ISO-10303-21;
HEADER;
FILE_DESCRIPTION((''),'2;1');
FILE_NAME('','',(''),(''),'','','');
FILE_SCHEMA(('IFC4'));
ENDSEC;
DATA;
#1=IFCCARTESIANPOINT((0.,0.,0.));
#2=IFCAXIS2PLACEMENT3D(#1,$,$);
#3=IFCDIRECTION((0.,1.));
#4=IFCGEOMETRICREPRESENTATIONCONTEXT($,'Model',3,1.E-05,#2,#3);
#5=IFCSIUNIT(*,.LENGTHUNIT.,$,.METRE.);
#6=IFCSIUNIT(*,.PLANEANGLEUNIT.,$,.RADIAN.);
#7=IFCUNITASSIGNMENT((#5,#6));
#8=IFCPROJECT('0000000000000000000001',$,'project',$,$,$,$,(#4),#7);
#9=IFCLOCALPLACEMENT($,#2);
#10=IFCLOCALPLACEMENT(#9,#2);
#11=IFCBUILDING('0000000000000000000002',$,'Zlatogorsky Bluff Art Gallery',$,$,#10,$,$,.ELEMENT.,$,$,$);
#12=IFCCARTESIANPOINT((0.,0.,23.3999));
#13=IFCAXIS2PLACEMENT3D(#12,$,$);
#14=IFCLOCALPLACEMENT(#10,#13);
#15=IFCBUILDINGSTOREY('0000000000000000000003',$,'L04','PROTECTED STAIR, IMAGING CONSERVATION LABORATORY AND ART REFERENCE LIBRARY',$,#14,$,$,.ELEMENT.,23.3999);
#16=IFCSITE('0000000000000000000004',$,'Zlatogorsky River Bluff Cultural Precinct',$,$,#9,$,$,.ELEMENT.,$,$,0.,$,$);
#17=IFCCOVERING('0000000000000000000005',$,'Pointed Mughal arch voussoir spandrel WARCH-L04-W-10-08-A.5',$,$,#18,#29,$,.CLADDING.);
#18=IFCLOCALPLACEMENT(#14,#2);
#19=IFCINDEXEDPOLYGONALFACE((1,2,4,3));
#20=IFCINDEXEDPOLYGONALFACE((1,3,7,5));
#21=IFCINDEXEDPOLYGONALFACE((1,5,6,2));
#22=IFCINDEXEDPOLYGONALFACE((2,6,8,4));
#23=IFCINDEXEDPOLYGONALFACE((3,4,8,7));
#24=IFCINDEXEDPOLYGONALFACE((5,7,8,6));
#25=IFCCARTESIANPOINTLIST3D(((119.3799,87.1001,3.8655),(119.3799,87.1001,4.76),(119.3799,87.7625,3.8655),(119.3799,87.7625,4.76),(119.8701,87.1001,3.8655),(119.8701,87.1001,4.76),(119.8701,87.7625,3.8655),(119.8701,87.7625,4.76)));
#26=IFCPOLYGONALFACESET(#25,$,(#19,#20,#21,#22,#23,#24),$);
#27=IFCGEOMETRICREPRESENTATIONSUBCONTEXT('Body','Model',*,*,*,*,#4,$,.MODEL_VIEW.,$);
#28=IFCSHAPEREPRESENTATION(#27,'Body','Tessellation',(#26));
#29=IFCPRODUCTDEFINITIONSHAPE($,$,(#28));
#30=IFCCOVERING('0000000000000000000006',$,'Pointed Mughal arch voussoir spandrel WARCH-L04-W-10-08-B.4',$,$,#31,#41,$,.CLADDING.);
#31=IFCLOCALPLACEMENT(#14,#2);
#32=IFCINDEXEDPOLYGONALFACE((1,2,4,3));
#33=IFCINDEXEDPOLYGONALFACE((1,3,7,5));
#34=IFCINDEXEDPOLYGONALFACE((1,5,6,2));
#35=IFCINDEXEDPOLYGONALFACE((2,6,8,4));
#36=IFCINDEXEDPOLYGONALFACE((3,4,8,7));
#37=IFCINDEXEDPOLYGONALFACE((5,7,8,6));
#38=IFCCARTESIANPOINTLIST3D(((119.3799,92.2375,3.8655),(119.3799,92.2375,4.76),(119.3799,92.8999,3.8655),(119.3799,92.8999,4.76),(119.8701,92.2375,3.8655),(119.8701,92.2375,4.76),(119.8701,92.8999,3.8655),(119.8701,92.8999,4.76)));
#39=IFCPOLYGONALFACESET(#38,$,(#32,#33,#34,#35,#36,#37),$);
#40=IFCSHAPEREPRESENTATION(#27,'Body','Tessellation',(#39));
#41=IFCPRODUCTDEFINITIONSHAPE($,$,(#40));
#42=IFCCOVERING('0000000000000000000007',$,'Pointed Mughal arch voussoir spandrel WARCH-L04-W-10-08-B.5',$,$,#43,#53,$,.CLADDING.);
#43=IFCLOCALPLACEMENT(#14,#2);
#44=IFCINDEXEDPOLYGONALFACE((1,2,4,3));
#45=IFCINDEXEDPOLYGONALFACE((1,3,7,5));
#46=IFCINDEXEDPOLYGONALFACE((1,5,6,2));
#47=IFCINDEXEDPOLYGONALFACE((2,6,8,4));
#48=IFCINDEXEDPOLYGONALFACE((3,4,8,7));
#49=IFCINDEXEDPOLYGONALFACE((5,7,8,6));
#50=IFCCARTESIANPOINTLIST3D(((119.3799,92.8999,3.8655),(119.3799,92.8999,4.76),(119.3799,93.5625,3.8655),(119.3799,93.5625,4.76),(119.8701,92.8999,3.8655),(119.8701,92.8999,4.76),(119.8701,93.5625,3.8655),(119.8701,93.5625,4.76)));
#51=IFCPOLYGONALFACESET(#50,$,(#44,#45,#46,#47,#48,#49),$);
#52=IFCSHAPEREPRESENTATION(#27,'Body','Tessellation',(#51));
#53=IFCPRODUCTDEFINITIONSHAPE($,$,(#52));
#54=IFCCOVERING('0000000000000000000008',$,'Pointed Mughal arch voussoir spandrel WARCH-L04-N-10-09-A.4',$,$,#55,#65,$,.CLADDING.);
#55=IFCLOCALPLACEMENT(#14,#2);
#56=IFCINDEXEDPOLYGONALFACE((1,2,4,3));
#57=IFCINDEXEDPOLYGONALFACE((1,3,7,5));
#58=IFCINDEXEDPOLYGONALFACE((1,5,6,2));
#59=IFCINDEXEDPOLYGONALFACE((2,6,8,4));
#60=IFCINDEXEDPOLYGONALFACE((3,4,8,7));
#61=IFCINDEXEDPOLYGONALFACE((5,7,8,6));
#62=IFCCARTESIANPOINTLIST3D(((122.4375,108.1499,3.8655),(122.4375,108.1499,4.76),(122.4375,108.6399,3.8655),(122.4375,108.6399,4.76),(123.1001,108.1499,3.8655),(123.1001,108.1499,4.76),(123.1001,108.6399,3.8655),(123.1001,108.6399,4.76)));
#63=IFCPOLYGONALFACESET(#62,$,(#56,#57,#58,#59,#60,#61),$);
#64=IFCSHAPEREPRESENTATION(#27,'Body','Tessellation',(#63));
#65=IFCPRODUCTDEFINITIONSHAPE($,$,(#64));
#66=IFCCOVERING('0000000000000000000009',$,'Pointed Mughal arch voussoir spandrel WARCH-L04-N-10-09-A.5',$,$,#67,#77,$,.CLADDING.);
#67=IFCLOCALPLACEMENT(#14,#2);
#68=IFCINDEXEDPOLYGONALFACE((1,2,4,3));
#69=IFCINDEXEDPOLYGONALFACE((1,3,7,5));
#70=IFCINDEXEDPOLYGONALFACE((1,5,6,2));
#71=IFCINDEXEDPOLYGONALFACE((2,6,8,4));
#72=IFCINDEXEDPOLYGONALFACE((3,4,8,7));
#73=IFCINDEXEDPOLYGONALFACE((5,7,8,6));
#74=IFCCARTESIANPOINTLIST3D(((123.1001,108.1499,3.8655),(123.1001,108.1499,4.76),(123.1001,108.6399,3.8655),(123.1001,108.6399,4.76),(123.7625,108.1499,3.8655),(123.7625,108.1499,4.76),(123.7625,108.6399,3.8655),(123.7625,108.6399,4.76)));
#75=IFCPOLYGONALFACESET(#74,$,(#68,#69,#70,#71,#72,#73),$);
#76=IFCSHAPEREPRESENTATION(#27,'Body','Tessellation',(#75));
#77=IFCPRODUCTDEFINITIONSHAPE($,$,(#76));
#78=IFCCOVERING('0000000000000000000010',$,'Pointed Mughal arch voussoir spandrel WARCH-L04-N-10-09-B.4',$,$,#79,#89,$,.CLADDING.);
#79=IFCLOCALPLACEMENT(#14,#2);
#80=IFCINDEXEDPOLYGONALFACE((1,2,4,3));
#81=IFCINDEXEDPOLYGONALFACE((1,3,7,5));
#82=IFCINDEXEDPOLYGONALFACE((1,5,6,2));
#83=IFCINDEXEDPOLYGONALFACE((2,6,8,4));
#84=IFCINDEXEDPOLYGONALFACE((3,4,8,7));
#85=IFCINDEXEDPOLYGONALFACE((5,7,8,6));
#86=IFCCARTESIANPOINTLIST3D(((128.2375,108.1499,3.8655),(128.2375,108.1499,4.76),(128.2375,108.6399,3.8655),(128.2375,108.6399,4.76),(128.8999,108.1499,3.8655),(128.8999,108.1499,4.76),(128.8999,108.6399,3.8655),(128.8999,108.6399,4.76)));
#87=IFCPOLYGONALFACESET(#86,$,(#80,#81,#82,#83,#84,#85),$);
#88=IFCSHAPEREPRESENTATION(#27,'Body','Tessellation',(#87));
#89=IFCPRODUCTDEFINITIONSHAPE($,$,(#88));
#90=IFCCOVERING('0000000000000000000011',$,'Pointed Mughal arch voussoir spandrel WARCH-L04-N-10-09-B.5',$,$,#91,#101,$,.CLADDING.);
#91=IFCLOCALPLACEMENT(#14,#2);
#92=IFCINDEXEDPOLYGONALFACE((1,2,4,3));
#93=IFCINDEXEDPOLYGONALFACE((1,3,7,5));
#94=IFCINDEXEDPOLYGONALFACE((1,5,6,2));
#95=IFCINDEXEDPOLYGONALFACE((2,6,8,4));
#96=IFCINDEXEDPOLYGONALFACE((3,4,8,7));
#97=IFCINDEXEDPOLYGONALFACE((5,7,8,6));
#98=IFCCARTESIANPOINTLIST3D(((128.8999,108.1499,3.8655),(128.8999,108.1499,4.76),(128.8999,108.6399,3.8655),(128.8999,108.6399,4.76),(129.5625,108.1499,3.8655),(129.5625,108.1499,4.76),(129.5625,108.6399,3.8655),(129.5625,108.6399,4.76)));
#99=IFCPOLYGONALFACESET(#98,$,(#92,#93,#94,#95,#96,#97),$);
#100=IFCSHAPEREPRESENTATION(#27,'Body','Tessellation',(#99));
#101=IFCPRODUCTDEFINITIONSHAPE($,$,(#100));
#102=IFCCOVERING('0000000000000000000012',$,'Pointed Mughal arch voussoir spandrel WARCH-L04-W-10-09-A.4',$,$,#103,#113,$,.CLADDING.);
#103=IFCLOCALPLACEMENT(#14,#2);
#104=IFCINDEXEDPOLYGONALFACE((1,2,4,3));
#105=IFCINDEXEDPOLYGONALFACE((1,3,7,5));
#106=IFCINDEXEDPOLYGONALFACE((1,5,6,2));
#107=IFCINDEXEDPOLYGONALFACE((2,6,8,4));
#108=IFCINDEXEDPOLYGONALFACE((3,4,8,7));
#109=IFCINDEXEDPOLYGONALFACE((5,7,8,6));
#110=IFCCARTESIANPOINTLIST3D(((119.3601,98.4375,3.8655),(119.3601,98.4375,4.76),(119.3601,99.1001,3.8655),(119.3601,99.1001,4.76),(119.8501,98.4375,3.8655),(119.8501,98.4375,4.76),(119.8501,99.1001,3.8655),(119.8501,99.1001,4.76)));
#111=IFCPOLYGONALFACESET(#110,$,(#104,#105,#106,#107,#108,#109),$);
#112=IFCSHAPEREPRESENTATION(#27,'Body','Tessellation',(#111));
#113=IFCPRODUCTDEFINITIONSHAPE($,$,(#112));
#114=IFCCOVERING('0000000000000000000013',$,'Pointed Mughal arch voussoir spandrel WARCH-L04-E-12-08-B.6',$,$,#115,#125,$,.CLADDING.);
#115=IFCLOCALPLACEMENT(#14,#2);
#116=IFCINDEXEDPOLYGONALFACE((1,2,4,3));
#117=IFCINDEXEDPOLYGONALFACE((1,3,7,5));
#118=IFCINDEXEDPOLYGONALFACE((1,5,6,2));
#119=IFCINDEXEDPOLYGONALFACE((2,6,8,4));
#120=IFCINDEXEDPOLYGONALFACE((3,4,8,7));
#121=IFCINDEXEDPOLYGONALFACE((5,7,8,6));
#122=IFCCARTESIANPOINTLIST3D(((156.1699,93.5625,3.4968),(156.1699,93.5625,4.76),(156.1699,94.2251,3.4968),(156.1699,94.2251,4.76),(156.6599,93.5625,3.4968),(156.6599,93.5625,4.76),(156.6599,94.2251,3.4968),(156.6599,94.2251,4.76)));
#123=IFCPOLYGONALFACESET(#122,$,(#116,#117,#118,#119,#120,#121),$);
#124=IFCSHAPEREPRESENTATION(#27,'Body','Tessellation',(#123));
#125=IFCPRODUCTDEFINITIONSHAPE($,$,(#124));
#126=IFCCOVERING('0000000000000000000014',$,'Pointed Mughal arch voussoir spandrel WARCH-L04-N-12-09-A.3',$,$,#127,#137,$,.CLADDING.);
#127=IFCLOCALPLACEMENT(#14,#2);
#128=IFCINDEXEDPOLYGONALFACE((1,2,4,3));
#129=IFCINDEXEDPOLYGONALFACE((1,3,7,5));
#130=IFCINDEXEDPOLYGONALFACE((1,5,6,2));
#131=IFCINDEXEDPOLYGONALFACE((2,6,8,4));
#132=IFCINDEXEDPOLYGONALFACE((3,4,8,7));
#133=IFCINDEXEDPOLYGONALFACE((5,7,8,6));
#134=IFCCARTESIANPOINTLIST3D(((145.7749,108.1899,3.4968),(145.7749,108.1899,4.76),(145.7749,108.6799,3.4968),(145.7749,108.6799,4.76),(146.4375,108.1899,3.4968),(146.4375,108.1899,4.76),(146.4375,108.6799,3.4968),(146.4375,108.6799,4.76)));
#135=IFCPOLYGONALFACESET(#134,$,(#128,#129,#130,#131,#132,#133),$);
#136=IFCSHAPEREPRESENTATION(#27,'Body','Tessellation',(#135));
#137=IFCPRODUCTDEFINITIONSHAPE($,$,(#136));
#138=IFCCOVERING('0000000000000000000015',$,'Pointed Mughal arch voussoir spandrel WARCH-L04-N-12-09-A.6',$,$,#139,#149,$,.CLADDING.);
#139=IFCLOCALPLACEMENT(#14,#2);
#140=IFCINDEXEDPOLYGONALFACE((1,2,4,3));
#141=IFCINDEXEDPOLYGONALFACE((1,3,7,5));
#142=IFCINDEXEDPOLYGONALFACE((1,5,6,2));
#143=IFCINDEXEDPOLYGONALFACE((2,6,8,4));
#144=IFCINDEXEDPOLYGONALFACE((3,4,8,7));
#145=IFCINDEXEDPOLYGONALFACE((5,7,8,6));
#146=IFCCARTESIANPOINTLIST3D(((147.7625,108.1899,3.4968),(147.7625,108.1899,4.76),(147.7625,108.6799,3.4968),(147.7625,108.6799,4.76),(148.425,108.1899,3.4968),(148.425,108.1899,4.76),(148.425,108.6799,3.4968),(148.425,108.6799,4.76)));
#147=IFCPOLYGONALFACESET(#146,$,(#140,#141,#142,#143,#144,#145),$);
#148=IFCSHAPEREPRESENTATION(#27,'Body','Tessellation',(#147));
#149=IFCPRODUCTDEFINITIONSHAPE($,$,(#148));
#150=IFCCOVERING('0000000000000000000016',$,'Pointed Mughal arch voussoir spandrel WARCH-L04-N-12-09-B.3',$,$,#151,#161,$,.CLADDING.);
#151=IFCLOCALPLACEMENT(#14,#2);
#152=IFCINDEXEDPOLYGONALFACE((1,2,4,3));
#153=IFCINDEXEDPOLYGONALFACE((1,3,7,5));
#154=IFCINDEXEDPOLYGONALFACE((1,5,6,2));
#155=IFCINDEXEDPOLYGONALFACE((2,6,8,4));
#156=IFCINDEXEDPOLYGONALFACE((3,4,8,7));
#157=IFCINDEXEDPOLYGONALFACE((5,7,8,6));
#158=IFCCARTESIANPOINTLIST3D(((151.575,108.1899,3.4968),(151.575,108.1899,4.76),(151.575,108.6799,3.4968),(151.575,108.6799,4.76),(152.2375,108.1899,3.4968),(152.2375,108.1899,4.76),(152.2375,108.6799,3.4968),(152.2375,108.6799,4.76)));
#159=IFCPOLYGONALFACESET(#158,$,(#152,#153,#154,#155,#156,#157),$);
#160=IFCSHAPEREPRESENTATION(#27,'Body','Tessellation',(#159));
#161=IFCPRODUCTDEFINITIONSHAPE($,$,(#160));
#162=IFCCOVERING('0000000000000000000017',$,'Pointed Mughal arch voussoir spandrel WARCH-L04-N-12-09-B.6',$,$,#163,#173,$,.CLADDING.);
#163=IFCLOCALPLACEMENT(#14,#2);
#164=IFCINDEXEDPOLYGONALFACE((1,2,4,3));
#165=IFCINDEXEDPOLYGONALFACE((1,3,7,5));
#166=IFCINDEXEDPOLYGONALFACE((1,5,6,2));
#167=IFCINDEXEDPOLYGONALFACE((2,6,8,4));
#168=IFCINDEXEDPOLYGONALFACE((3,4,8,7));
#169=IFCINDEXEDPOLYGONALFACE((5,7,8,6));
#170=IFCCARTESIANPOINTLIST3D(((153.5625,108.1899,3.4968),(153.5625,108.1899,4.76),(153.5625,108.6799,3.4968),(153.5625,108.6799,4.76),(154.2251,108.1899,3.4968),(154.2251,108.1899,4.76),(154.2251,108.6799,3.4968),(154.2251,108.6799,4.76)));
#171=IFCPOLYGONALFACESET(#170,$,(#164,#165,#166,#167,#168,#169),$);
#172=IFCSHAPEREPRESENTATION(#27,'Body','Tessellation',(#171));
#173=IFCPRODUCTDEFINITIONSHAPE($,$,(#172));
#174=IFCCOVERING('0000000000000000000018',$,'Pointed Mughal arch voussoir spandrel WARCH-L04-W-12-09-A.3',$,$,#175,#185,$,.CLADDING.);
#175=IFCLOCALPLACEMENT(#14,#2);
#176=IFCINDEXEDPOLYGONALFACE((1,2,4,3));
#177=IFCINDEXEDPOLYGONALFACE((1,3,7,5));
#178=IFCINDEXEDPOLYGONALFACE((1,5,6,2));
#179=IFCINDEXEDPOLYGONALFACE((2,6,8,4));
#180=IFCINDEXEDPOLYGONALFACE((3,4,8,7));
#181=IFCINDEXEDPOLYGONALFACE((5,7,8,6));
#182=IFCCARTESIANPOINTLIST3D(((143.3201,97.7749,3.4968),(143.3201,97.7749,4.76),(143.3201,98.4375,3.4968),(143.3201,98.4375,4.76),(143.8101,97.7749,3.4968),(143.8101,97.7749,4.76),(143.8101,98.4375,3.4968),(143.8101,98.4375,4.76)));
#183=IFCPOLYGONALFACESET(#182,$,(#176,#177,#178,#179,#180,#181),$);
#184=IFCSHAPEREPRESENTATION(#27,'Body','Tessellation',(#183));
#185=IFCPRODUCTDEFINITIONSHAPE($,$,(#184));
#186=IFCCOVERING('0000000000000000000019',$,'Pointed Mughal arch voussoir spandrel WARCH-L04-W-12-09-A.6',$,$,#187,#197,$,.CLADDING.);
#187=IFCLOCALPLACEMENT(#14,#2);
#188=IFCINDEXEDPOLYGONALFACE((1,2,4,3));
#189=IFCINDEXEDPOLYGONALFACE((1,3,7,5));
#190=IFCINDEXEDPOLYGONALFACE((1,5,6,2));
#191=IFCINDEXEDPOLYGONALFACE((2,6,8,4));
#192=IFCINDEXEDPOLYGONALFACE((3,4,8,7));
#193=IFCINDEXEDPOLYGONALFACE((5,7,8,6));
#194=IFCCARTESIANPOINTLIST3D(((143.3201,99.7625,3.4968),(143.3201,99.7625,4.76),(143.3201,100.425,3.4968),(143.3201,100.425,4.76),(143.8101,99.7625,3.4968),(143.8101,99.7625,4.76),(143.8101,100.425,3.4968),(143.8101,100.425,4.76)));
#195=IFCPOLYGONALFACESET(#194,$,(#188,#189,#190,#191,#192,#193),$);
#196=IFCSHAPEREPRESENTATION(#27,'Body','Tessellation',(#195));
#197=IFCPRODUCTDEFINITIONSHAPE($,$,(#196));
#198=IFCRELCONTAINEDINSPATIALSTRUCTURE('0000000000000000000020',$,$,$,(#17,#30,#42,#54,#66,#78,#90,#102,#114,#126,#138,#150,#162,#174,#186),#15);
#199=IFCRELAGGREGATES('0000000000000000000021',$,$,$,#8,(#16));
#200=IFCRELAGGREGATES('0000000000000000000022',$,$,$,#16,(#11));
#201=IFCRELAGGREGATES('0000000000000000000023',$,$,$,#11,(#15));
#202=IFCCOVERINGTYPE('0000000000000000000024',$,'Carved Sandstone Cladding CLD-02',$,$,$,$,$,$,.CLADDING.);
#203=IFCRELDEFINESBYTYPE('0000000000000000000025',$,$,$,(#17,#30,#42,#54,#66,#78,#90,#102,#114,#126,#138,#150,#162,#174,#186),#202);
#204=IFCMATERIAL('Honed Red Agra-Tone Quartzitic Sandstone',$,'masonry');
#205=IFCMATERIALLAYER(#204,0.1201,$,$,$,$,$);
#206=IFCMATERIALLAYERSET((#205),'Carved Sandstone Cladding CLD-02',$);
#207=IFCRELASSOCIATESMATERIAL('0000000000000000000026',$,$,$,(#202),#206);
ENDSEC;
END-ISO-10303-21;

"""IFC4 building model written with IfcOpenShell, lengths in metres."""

from ifc_helpers import new_model, si_unit, direction, frame, origin, place, context, subcontext, project, spatial, polyline, outline, extrude, material, layer, layer_set, type_object, element, save


model = new_model("IFC4")

# Units and contexts
model_context = context("Model", 3, precision=1e-05, world=origin(), true_north=direction((0.0, 1.0)))
body_context = subcontext(model_context, "Body", "Model", "MODEL_VIEW")
ifc_project = project(units=[si_unit("LENGTHUNIT", "METRE"), si_unit("PLANEANGLEUNIT", "RADIAN")], contexts=[model_context])

# Site, building, storey
site_placement = place(None, origin())
site = spatial("IfcSite", under=ifc_project, at=site_placement, Name="Zlatogorsky River Bluff Cultural Precinct", CompositionType="ELEMENT", RefElevation=0.0)
building_placement = place(site_placement, origin())
building = spatial("IfcBuilding", under=site, at=building_placement, Name="Zlatogorsky Bluff Art Gallery", CompositionType="ELEMENT")
storey_placement = place(building_placement, frame((0.0, 0.0, 23.3999)))
storey = spatial("IfcBuildingStorey", under=building, at=storey_placement, Name="L04", Description="PROTECTED STAIR, IMAGING CONSERVATION LABORATORY AND ART REFERENCE LIBRARY", CompositionType="ELEMENT", Elevation=23.3999)

# Coverings
ifc_material = material(Name="Honed Red Agra-Tone Quartzitic Sandstone", Category="masonry")
ifc_layer = layer(ifc_material, 0.1201)
ifc_layer_set = layer_set([ifc_layer], Name="Carved Sandstone Cladding CLD-02")
covering_type = type_object("IfcCoveringType", Name="Carved Sandstone Cladding CLD-02", PredefinedType="CLADDING", material=ifc_layer_set)
covering_1_placement = place(storey_placement, frame((0.0, 0.0, 3.8655)))
element("IfcCovering", 1, at=covering_1_placement, inside=storey, type_object=covering_type, Name="Pointed Mughal arch voussoir spandrel WARCH-L04-W-10-08-A.5", PredefinedType="CLADDING", context=body_context, shape_type="SweptSolid", body=[
    extrude(outline(polyline([(119.3799, 87.1001), (119.3799, 87.7625), (119.8701, 87.7625), (119.8701, 87.1001), (119.3799, 87.1001)])), origin(), (0.0, 0.0, 1.0), 0.8945),
])
covering_2_placement = place(storey_placement, frame((0.0, 0.0, 3.8655)))
element("IfcCovering", 2, at=covering_2_placement, inside=storey, type_object=covering_type, Name="Pointed Mughal arch voussoir spandrel WARCH-L04-W-10-08-B.4", PredefinedType="CLADDING", context=body_context, shape_type="SweptSolid", body=[
    extrude(outline(polyline([(119.3799, 92.2375), (119.3799, 92.8999), (119.8701, 92.8999), (119.8701, 92.2375), (119.3799, 92.2375)])), origin(), (0.0, 0.0, 1.0), 0.8945),
])
covering_3_placement = place(storey_placement, frame((0.0, 0.0, 3.8655)))
element("IfcCovering", 3, at=covering_3_placement, inside=storey, type_object=covering_type, Name="Pointed Mughal arch voussoir spandrel WARCH-L04-W-10-08-B.5", PredefinedType="CLADDING", context=body_context, shape_type="SweptSolid", body=[
    extrude(outline(polyline([(119.3799, 92.8999), (119.3799, 93.5625), (119.8701, 93.5625), (119.8701, 92.8999), (119.3799, 92.8999)])), origin(), (0.0, 0.0, 1.0), 0.8945),
])
covering_4_placement = place(storey_placement, frame((0.0, 0.0, 3.8655)))
element("IfcCovering", 4, at=covering_4_placement, inside=storey, type_object=covering_type, Name="Pointed Mughal arch voussoir spandrel WARCH-L04-N-10-09-A.4", PredefinedType="CLADDING", context=body_context, shape_type="SweptSolid", body=[
    extrude(outline(polyline([(122.4375, 108.1499), (123.1001, 108.1499), (123.1001, 108.6399), (122.4375, 108.6399), (122.4375, 108.1499)])), origin(), (0.0, 0.0, 1.0), 0.8945),
])
covering_5_placement = place(storey_placement, frame((0.0, 0.0, 3.8655)))
element("IfcCovering", 5, at=covering_5_placement, inside=storey, type_object=covering_type, Name="Pointed Mughal arch voussoir spandrel WARCH-L04-N-10-09-A.5", PredefinedType="CLADDING", context=body_context, shape_type="SweptSolid", body=[
    extrude(outline(polyline([(123.1001, 108.1499), (123.7625, 108.1499), (123.7625, 108.6399), (123.1001, 108.6399), (123.1001, 108.1499)])), origin(), (0.0, 0.0, 1.0), 0.8945),
])
covering_6_placement = place(storey_placement, frame((0.0, 0.0, 3.8655)))
element("IfcCovering", 6, at=covering_6_placement, inside=storey, type_object=covering_type, Name="Pointed Mughal arch voussoir spandrel WARCH-L04-N-10-09-B.4", PredefinedType="CLADDING", context=body_context, shape_type="SweptSolid", body=[
    extrude(outline(polyline([(128.2375, 108.1499), (128.8999, 108.1499), (128.8999, 108.6399), (128.2375, 108.6399), (128.2375, 108.1499)])), origin(), (0.0, 0.0, 1.0), 0.8945),
])
covering_7_placement = place(storey_placement, frame((0.0, 0.0, 3.8655)))
element("IfcCovering", 7, at=covering_7_placement, inside=storey, type_object=covering_type, Name="Pointed Mughal arch voussoir spandrel WARCH-L04-N-10-09-B.5", PredefinedType="CLADDING", context=body_context, shape_type="SweptSolid", body=[
    extrude(outline(polyline([(128.8999, 108.1499), (129.5625, 108.1499), (129.5625, 108.6399), (128.8999, 108.6399), (128.8999, 108.1499)])), origin(), (0.0, 0.0, 1.0), 0.8945),
])
covering_8_placement = place(storey_placement, frame((0.0, 0.0, 3.8655)))
element("IfcCovering", 8, at=covering_8_placement, inside=storey, type_object=covering_type, Name="Pointed Mughal arch voussoir spandrel WARCH-L04-W-10-09-A.4", PredefinedType="CLADDING", context=body_context, shape_type="SweptSolid", body=[
    extrude(outline(polyline([(119.3601, 98.4375), (119.3601, 99.1001), (119.8501, 99.1001), (119.8501, 98.4375), (119.3601, 98.4375)])), origin(), (0.0, 0.0, 1.0), 0.8945),
])
covering_9_placement = place(storey_placement, frame((0.0, 0.0, 3.4968)))
element("IfcCovering", 9, at=covering_9_placement, inside=storey, type_object=covering_type, Name="Pointed Mughal arch voussoir spandrel WARCH-L04-E-12-08-B.6", PredefinedType="CLADDING", context=body_context, shape_type="SweptSolid", body=[
    extrude(outline(polyline([(156.1699, 93.5625), (156.1699, 94.2251), (156.6599, 94.2251), (156.6599, 93.5625), (156.1699, 93.5625)])), origin(), (0.0, 0.0, 1.0), 1.2632),
])
covering_10_placement = place(storey_placement, frame((0.0, 0.0, 3.4968)))
element("IfcCovering", 10, at=covering_10_placement, inside=storey, type_object=covering_type, Name="Pointed Mughal arch voussoir spandrel WARCH-L04-N-12-09-A.3", PredefinedType="CLADDING", context=body_context, shape_type="SweptSolid", body=[
    extrude(outline(polyline([(145.7749, 108.1899), (146.4375, 108.1899), (146.4375, 108.6799), (145.7749, 108.6799), (145.7749, 108.1899)])), origin(), (0.0, 0.0, 1.0), 1.2632),
])
covering_11_placement = place(storey_placement, frame((0.0, 0.0, 3.4968)))
element("IfcCovering", 11, at=covering_11_placement, inside=storey, type_object=covering_type, Name="Pointed Mughal arch voussoir spandrel WARCH-L04-N-12-09-A.6", PredefinedType="CLADDING", context=body_context, shape_type="SweptSolid", body=[
    extrude(outline(polyline([(147.7625, 108.1899), (148.425, 108.1899), (148.425, 108.6799), (147.7625, 108.6799), (147.7625, 108.1899)])), origin(), (0.0, 0.0, 1.0), 1.2632),
])
covering_12_placement = place(storey_placement, frame((0.0, 0.0, 3.4968)))
element("IfcCovering", 12, at=covering_12_placement, inside=storey, type_object=covering_type, Name="Pointed Mughal arch voussoir spandrel WARCH-L04-N-12-09-B.3", PredefinedType="CLADDING", context=body_context, shape_type="SweptSolid", body=[
    extrude(outline(polyline([(151.575, 108.1899), (152.2375, 108.1899), (152.2375, 108.6799), (151.575, 108.6799), (151.575, 108.1899)])), origin(), (0.0, 0.0, 1.0), 1.2632),
])
covering_13_placement = place(storey_placement, frame((0.0, 0.0, 3.4968)))
element("IfcCovering", 13, at=covering_13_placement, inside=storey, type_object=covering_type, Name="Pointed Mughal arch voussoir spandrel WARCH-L04-N-12-09-B.6", PredefinedType="CLADDING", context=body_context, shape_type="SweptSolid", body=[
    extrude(outline(polyline([(153.5625, 108.1899), (154.2251, 108.1899), (154.2251, 108.6799), (153.5625, 108.6799), (153.5625, 108.1899)])), origin(), (0.0, 0.0, 1.0), 1.2632),
])
covering_14_placement = place(storey_placement, frame((0.0, 0.0, 3.4968)))
element("IfcCovering", 14, at=covering_14_placement, inside=storey, type_object=covering_type, Name="Pointed Mughal arch voussoir spandrel WARCH-L04-W-12-09-A.3", PredefinedType="CLADDING", context=body_context, shape_type="SweptSolid", body=[
    extrude(outline(polyline([(143.3201, 97.7749), (143.3201, 98.4375), (143.8101, 98.4375), (143.8101, 97.7749), (143.3201, 97.7749)])), origin(), (0.0, 0.0, 1.0), 1.2632),
])
covering_15_placement = place(storey_placement, frame((0.0, 0.0, 3.4968)))
element("IfcCovering", 15, at=covering_15_placement, inside=storey, type_object=covering_type, Name="Pointed Mughal arch voussoir spandrel WARCH-L04-W-12-09-A.6", PredefinedType="CLADDING", context=body_context, shape_type="SweptSolid", body=[
    extrude(outline(polyline([(143.3201, 99.7625), (143.3201, 100.425), (143.8101, 100.425), (143.8101, 99.7625), (143.3201, 99.7625)])), origin(), (0.0, 0.0, 1.0), 1.2632),
])

save(model, "model.ifc")
